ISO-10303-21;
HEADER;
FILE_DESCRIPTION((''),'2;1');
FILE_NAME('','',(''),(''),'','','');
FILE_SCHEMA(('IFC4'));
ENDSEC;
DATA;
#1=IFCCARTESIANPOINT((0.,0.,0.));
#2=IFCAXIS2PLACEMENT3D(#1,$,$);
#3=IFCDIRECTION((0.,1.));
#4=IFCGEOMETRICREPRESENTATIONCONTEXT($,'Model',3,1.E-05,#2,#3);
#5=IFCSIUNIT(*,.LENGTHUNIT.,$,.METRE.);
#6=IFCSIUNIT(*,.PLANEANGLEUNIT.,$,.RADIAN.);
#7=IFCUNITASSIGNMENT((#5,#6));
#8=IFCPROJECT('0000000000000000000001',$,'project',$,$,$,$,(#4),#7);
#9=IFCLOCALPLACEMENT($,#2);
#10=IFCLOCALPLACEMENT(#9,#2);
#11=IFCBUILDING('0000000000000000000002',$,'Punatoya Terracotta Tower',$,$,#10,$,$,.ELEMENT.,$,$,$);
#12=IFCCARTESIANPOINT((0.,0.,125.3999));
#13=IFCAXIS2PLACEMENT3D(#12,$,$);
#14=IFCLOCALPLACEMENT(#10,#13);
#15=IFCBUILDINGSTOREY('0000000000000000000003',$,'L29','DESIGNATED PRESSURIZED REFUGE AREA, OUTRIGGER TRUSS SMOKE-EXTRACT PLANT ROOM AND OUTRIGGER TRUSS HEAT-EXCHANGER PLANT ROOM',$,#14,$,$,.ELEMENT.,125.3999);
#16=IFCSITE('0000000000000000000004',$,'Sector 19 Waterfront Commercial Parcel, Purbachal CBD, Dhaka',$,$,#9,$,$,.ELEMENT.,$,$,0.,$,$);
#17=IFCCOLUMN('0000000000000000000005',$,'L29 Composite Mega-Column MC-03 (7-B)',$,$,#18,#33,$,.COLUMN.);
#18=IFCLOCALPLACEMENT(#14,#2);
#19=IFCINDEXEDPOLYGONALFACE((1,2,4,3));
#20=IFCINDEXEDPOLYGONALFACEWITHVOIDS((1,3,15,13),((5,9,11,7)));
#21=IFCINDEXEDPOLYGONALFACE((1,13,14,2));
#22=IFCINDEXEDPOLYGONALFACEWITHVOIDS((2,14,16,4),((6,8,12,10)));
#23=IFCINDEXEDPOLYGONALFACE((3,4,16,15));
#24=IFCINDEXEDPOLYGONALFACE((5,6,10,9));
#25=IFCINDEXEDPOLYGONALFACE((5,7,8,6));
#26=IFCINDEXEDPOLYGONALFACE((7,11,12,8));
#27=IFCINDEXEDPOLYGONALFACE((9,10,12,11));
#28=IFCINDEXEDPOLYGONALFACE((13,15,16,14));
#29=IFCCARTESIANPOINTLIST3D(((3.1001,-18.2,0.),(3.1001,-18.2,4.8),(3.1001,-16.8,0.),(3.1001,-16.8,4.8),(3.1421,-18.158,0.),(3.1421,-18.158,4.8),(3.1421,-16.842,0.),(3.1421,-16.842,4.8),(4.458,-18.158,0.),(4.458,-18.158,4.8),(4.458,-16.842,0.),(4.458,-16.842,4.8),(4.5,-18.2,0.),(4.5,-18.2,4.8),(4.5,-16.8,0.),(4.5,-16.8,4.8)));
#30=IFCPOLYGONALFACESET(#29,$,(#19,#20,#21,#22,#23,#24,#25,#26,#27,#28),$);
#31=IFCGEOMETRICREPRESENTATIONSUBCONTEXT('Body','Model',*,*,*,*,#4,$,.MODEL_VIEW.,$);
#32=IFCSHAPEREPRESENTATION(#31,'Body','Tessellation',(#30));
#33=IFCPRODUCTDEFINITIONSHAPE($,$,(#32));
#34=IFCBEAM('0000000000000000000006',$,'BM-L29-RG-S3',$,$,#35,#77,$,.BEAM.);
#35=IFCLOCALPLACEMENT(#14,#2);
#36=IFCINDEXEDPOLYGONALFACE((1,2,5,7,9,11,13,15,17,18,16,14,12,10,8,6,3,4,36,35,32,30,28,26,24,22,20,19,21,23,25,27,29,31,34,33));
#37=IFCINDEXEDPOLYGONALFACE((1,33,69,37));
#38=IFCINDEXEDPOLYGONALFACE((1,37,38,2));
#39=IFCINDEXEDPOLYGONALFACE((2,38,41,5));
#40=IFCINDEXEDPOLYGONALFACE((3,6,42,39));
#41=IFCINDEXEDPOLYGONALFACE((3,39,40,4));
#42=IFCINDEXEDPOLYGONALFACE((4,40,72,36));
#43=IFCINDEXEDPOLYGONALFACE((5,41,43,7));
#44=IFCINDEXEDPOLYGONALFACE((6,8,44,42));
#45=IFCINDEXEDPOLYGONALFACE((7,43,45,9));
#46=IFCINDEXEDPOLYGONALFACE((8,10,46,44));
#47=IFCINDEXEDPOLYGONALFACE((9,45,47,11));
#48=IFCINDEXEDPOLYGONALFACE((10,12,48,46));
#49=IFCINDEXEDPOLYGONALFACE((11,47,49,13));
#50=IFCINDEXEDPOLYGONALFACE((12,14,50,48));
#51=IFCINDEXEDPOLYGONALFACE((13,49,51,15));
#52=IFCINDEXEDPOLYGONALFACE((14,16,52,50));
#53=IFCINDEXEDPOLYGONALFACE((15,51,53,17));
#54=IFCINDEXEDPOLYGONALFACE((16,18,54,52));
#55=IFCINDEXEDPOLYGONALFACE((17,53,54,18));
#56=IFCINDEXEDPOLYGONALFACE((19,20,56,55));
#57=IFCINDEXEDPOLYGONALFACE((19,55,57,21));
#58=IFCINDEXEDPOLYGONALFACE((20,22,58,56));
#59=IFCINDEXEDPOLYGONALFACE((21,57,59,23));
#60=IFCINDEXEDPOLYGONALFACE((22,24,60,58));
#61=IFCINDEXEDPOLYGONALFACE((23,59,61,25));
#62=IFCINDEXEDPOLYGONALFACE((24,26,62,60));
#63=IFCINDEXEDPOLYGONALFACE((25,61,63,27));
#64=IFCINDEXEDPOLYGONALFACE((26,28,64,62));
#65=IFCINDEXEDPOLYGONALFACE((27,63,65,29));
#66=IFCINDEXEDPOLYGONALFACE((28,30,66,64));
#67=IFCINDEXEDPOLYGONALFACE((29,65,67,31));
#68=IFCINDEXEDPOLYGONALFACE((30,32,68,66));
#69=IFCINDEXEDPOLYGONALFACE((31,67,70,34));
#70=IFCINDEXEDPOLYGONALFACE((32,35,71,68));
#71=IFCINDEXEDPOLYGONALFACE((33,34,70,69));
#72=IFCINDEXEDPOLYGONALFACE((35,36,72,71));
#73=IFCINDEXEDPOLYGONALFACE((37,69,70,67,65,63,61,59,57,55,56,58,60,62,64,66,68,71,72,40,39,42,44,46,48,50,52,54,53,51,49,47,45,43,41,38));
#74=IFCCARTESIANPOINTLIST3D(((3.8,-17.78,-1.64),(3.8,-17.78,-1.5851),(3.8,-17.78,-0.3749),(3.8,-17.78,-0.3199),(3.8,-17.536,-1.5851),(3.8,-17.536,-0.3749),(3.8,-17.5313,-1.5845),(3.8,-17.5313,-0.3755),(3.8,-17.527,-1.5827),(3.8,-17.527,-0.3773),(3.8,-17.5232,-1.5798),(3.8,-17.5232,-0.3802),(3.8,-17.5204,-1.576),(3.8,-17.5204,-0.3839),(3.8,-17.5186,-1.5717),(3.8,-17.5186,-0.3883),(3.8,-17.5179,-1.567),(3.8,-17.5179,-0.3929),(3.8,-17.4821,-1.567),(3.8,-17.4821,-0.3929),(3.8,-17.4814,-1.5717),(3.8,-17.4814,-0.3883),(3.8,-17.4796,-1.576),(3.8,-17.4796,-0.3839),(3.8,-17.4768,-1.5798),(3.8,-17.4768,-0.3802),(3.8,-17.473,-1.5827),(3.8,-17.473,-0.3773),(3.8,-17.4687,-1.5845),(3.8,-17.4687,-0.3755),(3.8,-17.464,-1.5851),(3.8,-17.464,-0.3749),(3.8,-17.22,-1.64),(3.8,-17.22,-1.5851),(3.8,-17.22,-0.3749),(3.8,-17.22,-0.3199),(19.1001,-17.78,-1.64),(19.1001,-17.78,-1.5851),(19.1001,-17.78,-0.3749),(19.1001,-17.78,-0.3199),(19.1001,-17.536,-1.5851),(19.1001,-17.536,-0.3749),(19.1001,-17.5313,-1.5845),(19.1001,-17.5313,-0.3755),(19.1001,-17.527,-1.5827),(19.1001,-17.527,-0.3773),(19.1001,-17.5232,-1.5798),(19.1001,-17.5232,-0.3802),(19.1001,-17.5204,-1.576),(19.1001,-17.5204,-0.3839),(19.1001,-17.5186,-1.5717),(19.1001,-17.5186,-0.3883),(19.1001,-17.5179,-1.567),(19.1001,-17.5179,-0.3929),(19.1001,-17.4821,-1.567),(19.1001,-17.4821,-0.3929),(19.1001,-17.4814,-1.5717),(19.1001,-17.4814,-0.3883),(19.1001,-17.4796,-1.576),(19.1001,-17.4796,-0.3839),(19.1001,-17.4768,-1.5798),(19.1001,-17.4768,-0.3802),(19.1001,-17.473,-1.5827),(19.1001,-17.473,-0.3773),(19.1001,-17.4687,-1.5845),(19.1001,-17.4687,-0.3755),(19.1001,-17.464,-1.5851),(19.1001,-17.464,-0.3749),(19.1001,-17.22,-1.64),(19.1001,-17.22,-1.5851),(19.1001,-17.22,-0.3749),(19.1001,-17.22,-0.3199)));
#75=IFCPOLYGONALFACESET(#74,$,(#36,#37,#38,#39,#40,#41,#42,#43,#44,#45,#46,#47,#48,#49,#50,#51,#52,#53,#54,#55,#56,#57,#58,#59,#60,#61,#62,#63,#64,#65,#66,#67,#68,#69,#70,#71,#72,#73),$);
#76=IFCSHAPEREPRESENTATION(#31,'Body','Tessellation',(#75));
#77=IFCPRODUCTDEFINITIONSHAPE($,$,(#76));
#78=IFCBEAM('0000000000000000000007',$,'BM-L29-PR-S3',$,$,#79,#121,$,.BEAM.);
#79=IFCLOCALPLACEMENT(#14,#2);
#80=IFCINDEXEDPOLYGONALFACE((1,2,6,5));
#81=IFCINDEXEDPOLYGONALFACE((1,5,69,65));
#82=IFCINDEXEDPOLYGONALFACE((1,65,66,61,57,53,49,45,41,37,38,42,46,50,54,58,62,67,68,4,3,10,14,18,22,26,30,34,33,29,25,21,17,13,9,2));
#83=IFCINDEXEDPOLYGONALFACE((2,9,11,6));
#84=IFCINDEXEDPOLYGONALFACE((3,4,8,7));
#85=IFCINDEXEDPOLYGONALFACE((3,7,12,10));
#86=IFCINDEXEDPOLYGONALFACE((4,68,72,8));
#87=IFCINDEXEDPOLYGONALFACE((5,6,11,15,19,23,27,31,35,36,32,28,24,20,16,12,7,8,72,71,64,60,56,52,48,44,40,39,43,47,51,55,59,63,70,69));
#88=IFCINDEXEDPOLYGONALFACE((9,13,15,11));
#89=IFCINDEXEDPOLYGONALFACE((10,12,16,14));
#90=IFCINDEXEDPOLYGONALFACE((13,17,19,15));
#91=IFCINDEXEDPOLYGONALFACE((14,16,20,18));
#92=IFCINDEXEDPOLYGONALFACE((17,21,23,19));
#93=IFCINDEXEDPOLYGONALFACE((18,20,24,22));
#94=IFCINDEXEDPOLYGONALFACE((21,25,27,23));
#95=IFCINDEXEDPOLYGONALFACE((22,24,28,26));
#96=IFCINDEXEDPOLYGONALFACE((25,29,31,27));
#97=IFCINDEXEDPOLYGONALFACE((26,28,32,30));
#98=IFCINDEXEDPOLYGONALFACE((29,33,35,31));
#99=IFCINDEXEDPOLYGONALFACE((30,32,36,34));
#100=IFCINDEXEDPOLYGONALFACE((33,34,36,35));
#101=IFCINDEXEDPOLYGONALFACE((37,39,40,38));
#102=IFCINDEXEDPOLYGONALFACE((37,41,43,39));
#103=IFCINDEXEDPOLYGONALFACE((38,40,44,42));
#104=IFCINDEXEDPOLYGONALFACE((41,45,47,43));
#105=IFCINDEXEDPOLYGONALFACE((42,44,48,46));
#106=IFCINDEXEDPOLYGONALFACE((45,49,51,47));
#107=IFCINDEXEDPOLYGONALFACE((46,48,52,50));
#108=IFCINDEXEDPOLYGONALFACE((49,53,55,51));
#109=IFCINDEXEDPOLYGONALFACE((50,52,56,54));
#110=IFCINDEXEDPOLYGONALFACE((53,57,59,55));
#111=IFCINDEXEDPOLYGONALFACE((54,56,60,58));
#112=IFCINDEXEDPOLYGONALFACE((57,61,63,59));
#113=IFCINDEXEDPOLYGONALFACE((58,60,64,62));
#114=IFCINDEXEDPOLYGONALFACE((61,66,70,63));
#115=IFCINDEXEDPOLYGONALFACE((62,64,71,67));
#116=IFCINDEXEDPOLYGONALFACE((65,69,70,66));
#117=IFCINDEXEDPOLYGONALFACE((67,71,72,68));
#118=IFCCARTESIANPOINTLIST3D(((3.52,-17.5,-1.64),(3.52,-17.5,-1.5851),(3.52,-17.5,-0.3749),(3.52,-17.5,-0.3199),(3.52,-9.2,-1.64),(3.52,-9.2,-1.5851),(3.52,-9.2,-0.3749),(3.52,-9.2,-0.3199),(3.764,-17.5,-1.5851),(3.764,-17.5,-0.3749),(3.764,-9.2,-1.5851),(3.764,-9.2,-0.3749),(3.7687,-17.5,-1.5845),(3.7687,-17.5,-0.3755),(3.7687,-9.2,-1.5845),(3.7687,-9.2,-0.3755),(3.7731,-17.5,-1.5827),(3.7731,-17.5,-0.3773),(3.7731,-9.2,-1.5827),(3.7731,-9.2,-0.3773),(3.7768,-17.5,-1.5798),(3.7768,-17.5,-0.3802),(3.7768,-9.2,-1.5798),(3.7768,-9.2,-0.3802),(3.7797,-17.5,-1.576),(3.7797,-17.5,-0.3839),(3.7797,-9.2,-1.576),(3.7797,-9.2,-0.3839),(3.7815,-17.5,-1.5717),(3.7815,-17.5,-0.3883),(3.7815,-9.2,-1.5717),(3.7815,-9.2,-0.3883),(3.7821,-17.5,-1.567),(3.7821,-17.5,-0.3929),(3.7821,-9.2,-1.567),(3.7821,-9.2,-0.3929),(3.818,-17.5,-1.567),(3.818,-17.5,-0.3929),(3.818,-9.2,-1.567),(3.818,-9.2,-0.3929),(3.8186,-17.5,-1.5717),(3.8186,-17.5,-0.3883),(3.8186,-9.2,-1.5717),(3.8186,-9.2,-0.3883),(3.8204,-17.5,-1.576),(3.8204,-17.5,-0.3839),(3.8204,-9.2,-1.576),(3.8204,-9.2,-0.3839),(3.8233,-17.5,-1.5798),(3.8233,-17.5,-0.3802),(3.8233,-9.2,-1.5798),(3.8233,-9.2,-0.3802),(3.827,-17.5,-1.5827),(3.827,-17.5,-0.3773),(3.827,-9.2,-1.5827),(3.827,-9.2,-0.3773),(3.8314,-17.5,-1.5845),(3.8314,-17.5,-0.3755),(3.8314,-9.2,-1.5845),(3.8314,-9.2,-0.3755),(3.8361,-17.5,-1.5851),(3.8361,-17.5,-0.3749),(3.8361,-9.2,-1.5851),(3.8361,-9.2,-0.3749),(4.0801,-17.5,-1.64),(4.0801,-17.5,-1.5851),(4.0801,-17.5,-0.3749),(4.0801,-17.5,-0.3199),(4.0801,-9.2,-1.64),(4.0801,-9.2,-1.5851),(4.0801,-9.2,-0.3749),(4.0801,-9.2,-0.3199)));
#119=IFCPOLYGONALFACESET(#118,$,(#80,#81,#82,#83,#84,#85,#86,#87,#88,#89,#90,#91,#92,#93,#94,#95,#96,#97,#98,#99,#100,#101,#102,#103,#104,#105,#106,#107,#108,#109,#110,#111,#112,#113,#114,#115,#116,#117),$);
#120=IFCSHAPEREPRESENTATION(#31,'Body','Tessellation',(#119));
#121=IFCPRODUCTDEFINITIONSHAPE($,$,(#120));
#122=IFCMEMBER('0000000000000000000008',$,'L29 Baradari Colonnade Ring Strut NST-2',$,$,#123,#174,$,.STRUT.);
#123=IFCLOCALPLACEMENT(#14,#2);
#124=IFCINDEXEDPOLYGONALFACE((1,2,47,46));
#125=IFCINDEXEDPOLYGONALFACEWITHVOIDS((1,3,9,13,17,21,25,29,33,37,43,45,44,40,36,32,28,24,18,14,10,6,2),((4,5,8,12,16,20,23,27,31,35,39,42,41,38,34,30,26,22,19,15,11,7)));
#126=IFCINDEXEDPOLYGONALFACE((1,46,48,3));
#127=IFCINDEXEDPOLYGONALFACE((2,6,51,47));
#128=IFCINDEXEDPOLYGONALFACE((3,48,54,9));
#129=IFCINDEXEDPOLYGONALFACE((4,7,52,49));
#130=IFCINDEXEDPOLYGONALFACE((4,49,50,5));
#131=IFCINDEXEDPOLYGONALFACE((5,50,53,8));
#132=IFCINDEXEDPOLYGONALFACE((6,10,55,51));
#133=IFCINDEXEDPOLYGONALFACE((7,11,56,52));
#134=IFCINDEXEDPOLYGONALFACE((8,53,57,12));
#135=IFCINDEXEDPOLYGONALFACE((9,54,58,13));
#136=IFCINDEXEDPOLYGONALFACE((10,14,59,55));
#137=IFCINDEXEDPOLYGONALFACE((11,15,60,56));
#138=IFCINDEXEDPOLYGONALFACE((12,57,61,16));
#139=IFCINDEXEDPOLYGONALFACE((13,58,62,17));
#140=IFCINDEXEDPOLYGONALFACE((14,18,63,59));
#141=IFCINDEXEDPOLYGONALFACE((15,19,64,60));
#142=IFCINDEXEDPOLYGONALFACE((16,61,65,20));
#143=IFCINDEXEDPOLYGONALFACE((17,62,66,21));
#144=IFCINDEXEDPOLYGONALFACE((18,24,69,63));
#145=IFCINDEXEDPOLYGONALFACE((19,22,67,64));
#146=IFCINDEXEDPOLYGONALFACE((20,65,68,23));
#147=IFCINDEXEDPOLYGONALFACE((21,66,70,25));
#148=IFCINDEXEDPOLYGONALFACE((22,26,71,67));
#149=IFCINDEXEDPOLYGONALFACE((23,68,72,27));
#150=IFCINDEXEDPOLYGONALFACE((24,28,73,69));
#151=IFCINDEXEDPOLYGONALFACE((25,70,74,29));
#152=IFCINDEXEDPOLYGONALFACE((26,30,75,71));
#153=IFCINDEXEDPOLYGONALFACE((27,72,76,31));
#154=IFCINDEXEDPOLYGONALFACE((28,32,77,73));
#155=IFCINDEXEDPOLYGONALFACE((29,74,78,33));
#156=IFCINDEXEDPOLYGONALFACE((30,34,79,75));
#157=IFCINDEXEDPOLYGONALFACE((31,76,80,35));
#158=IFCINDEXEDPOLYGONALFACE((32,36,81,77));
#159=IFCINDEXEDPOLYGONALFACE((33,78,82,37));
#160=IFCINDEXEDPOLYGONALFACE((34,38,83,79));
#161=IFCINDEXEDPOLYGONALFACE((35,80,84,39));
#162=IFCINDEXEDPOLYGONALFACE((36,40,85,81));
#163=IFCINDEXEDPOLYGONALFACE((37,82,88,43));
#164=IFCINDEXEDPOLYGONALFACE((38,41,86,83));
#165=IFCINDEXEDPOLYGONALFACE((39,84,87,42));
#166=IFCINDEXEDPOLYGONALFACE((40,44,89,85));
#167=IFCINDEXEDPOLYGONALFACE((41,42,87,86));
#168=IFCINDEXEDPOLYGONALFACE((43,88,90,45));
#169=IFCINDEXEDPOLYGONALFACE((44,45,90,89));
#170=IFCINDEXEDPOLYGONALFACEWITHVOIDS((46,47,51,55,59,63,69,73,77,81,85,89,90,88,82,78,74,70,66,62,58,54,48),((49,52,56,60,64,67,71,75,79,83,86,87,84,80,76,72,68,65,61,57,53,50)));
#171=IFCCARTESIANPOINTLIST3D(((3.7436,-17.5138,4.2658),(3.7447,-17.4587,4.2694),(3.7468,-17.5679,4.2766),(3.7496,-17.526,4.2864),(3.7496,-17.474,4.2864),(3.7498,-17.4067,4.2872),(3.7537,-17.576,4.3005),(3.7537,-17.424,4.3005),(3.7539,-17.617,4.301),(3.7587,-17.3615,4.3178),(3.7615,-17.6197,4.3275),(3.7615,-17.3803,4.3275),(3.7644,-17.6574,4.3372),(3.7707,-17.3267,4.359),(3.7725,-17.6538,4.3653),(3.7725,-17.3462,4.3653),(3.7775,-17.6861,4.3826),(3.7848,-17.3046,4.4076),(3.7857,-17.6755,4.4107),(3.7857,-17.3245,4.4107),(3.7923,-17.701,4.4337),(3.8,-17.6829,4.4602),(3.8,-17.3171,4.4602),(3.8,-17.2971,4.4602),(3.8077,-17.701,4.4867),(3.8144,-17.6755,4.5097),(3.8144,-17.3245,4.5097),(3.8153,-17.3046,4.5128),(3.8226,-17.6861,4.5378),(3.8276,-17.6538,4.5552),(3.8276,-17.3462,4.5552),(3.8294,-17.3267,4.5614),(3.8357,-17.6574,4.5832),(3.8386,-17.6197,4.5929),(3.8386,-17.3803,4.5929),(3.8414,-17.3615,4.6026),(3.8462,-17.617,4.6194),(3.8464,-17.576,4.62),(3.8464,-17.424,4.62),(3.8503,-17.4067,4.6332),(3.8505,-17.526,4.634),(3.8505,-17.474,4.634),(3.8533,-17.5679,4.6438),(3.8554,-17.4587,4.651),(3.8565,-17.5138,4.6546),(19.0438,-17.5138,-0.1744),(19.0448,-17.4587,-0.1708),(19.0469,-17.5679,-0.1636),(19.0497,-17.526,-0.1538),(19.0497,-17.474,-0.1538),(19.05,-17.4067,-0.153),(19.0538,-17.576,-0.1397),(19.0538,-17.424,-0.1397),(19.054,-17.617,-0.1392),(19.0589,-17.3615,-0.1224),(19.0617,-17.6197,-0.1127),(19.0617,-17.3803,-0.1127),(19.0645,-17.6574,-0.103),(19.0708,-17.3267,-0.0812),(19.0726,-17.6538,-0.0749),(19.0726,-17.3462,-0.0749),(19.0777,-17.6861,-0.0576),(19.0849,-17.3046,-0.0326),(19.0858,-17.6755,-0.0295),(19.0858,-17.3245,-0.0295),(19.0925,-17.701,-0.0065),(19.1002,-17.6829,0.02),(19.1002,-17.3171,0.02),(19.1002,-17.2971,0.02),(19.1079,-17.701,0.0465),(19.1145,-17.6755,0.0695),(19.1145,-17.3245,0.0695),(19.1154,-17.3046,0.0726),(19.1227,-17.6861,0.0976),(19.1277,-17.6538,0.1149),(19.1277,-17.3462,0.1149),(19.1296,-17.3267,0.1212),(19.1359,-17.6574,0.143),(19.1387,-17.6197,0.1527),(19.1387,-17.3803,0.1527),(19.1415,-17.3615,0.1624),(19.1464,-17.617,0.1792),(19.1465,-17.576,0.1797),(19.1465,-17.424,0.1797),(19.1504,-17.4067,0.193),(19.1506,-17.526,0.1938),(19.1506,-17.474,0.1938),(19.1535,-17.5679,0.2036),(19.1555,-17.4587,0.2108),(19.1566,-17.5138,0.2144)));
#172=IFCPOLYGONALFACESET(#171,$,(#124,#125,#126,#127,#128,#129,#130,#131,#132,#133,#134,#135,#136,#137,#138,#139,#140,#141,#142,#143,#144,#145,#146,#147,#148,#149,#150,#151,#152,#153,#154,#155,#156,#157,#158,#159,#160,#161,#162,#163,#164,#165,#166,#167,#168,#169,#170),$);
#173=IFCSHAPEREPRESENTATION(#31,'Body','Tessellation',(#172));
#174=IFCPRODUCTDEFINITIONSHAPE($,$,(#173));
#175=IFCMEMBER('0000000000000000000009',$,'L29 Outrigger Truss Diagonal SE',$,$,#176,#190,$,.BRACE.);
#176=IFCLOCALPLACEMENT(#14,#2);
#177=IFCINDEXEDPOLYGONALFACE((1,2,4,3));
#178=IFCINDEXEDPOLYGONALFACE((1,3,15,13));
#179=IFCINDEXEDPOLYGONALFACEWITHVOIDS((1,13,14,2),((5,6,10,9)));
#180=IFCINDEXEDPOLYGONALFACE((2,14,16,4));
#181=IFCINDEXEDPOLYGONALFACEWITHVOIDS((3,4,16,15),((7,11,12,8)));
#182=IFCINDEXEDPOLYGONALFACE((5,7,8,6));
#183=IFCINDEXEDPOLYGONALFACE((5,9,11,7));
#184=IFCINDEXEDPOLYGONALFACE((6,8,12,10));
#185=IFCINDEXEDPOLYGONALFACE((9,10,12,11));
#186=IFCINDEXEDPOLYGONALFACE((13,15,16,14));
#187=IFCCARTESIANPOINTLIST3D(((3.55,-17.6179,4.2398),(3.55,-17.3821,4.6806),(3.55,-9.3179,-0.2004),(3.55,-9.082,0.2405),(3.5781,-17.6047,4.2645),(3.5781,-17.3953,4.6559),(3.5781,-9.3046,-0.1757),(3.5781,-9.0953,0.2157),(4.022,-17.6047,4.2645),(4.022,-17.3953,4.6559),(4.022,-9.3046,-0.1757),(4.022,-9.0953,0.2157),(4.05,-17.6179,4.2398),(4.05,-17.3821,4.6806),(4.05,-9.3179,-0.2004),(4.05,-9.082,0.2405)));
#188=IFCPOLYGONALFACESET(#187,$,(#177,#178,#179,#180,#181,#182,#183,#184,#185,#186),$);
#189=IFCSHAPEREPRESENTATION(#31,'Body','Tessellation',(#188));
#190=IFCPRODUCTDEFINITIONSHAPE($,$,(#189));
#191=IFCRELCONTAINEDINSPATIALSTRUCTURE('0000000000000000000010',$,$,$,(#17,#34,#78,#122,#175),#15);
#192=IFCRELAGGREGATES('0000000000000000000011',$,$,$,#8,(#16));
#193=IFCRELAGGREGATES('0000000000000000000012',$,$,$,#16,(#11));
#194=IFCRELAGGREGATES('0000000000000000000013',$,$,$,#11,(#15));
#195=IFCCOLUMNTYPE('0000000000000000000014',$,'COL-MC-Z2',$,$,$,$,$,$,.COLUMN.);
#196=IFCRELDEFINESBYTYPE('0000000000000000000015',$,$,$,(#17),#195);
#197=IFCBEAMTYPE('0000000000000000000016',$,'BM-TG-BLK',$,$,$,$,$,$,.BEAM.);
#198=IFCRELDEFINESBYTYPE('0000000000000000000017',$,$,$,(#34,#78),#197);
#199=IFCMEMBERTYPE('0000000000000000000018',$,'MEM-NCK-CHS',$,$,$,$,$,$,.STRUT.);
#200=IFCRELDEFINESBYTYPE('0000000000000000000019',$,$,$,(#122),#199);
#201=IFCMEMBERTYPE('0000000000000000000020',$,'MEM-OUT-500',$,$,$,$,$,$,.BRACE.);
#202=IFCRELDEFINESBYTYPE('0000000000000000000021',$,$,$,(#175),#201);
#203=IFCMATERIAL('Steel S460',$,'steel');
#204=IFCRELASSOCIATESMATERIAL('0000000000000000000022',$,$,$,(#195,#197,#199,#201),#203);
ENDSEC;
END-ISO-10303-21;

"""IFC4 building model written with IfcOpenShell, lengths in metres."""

from ifc_helpers import new_model, si_unit, direction, frame, origin, origin_2d, place, context, subcontext, project, spatial, hollow_rectangle, hollow_circle, i_section, extrude, material, material_profile, profile_set, type_object, element, save


model = new_model("IFC4")

# Units and contexts
model_context = context("Model", 3, precision=1e-05, world=origin(), true_north=direction((0.0, 1.0)))
body_context = subcontext(model_context, "Body", "Model", "MODEL_VIEW")
ifc_project = project(units=[si_unit("LENGTHUNIT", "METRE"), si_unit("PLANEANGLEUNIT", "RADIAN")], contexts=[model_context])

# Site, building, storey
site_placement = place(None, origin())
site = spatial("IfcSite", under=ifc_project, at=site_placement, Name="Sector 19 Waterfront Commercial Parcel, Purbachal CBD, Dhaka", CompositionType="ELEMENT", RefElevation=0.0)
building_placement = place(site_placement, origin())
building = spatial("IfcBuilding", under=site, at=building_placement, Name="Punatoya Terracotta Tower", CompositionType="ELEMENT")
storey_placement = place(building_placement, frame((0.0, 0.0, 125.3999)))
storey = spatial("IfcBuildingStorey", under=building, at=storey_placement, Name="L29", Description="DESIGNATED PRESSURIZED REFUGE AREA, OUTRIGGER TRUSS SMOKE-EXTRACT PLANT ROOM AND OUTRIGGER TRUSS HEAT-EXCHANGER PLANT ROOM", CompositionType="ELEMENT", Elevation=125.3999)

# Column
ifc_material_1 = material(Name="Steel S460", Category="steel")
ifc_material_profile_1 = material_profile(ifc_material_1, hollow_rectangle(XDim=1.3999, YDim=1.3999, WallThickness=0.042, at=origin_2d()))
ifc_profile_set_1 = profile_set([ifc_material_profile_1], Name="Steel S460")
column_type = type_object("IfcColumnType", Name="COL-MC-Z2", PredefinedType="COLUMN", material=ifc_profile_set_1)
column_placement = place(storey_placement, frame((3.8, -17.5, 0.0), z_axis=(0.0, 0.0, 1.0), x_axis=(1.0, 0.0, 0.0)))
element("IfcColumn", 1, at=column_placement, inside=storey, type_object=column_type, Name="L29 Composite Mega-Column MC-03 (7-B)", PredefinedType="COLUMN", context=body_context, shape_type="SweptSolid", body=[
    extrude(hollow_rectangle(XDim=1.3999, YDim=1.3999, WallThickness=0.042, at=origin_2d()), origin(), (0.0, 0.0, 1.0), 4.8),
])

# Beams
ifc_material_profile_2 = material_profile(ifc_material_1, i_section(OverallWidth=0.5601, OverallDepth=1.3201, WebThickness=0.0359, FlangeThickness=0.0549, FilletRadius=0.0181, at=origin_2d()))
ifc_profile_set_2 = profile_set([ifc_material_profile_2], Name="Steel S460")
beam_type = type_object("IfcBeamType", Name="BM-TG-BLK", PredefinedType="BEAM", material=ifc_profile_set_2)
beam_1_placement = place(storey_placement, frame((3.8, -17.5, -0.98), z_axis=(1.0, 0.0, 0.0), x_axis=(0.0, 1.0, 0.0)))
element("IfcBeam", 2, at=beam_1_placement, inside=storey, type_object=beam_type, Name="BM-L29-RG-S3", PredefinedType="BEAM", context=body_context, shape_type="SweptSolid", body=[
    extrude(i_section(OverallWidth=0.5601, OverallDepth=1.3201, WebThickness=0.0359, FlangeThickness=0.0549, FilletRadius=0.0181, at=origin_2d()), origin(), (0.0, 0.0, 1.0), 15.3),
])
beam_2_placement = place(storey_placement, frame((3.8, -17.5, -0.98), z_axis=(0.0, 1.0, 0.0), x_axis=(-1.0, 0.0, 0.0)))
element("IfcBeam", 3, at=beam_2_placement, inside=storey, type_object=beam_type, Name="BM-L29-PR-S3", PredefinedType="BEAM", context=body_context, shape_type="SweptSolid", body=[
    extrude(i_section(OverallWidth=0.5601, OverallDepth=1.3201, WebThickness=0.0359, FlangeThickness=0.0549, FilletRadius=0.0181, at=origin_2d()), origin(), (0.0, 0.0, 1.0), 8.3),
])

# Members
ifc_material_profile_3 = material_profile(ifc_material_1, hollow_circle(Radius=0.2029, WallThickness=0.02, at=origin_2d()))
ifc_profile_set_3 = profile_set([ifc_material_profile_3], Name="Steel S460")
member_type_1 = type_object("IfcMemberType", Name="MEM-NCK-CHS", PredefinedType="STRUT", material=ifc_profile_set_3)
member_1_placement = place(storey_placement, frame((3.8, -17.5, 4.4602), z_axis=(0.960376, 0.0, -0.278708), x_axis=(0.0, 1.0, 0.0)))
element("IfcMember", 4, at=member_1_placement, inside=storey, type_object=member_type_1, Name="L29 Baradari Colonnade Ring Strut NST-2", PredefinedType="STRUT", context=body_context, shape_type="SweptSolid", body=[
    extrude(hollow_circle(Radius=0.2029, WallThickness=0.02, at=origin_2d()), origin(), (0.0, 0.0, 1.0), 15.9314),
])
ifc_material_profile_4 = material_profile(ifc_material_1, hollow_rectangle(XDim=0.5, YDim=0.5, WallThickness=0.0281, at=origin_2d()))
ifc_profile_set_4 = profile_set([ifc_material_profile_4], Name="Steel S460")
member_type_2 = type_object("IfcMemberType", Name="MEM-OUT-500", PredefinedType="BRACE", material=ifc_profile_set_4)
member_2_placement = place(storey_placement, frame((3.8, -9.2, 0.02), z_axis=(0.0, -0.881757, 0.471704), x_axis=(1.0, 0.0, 0.0)))
element("IfcMember", 5, at=member_2_placement, inside=storey, type_object=member_type_2, Name="L29 Outrigger Truss Diagonal SE", PredefinedType="BRACE", context=body_context, shape_type="SweptSolid", body=[
    extrude(hollow_rectangle(XDim=0.5, YDim=0.5, WallThickness=0.0281, at=origin_2d()), origin(), (0.0, 0.0, 1.0), 9.4131),
])

save(model, "model.ifc")
